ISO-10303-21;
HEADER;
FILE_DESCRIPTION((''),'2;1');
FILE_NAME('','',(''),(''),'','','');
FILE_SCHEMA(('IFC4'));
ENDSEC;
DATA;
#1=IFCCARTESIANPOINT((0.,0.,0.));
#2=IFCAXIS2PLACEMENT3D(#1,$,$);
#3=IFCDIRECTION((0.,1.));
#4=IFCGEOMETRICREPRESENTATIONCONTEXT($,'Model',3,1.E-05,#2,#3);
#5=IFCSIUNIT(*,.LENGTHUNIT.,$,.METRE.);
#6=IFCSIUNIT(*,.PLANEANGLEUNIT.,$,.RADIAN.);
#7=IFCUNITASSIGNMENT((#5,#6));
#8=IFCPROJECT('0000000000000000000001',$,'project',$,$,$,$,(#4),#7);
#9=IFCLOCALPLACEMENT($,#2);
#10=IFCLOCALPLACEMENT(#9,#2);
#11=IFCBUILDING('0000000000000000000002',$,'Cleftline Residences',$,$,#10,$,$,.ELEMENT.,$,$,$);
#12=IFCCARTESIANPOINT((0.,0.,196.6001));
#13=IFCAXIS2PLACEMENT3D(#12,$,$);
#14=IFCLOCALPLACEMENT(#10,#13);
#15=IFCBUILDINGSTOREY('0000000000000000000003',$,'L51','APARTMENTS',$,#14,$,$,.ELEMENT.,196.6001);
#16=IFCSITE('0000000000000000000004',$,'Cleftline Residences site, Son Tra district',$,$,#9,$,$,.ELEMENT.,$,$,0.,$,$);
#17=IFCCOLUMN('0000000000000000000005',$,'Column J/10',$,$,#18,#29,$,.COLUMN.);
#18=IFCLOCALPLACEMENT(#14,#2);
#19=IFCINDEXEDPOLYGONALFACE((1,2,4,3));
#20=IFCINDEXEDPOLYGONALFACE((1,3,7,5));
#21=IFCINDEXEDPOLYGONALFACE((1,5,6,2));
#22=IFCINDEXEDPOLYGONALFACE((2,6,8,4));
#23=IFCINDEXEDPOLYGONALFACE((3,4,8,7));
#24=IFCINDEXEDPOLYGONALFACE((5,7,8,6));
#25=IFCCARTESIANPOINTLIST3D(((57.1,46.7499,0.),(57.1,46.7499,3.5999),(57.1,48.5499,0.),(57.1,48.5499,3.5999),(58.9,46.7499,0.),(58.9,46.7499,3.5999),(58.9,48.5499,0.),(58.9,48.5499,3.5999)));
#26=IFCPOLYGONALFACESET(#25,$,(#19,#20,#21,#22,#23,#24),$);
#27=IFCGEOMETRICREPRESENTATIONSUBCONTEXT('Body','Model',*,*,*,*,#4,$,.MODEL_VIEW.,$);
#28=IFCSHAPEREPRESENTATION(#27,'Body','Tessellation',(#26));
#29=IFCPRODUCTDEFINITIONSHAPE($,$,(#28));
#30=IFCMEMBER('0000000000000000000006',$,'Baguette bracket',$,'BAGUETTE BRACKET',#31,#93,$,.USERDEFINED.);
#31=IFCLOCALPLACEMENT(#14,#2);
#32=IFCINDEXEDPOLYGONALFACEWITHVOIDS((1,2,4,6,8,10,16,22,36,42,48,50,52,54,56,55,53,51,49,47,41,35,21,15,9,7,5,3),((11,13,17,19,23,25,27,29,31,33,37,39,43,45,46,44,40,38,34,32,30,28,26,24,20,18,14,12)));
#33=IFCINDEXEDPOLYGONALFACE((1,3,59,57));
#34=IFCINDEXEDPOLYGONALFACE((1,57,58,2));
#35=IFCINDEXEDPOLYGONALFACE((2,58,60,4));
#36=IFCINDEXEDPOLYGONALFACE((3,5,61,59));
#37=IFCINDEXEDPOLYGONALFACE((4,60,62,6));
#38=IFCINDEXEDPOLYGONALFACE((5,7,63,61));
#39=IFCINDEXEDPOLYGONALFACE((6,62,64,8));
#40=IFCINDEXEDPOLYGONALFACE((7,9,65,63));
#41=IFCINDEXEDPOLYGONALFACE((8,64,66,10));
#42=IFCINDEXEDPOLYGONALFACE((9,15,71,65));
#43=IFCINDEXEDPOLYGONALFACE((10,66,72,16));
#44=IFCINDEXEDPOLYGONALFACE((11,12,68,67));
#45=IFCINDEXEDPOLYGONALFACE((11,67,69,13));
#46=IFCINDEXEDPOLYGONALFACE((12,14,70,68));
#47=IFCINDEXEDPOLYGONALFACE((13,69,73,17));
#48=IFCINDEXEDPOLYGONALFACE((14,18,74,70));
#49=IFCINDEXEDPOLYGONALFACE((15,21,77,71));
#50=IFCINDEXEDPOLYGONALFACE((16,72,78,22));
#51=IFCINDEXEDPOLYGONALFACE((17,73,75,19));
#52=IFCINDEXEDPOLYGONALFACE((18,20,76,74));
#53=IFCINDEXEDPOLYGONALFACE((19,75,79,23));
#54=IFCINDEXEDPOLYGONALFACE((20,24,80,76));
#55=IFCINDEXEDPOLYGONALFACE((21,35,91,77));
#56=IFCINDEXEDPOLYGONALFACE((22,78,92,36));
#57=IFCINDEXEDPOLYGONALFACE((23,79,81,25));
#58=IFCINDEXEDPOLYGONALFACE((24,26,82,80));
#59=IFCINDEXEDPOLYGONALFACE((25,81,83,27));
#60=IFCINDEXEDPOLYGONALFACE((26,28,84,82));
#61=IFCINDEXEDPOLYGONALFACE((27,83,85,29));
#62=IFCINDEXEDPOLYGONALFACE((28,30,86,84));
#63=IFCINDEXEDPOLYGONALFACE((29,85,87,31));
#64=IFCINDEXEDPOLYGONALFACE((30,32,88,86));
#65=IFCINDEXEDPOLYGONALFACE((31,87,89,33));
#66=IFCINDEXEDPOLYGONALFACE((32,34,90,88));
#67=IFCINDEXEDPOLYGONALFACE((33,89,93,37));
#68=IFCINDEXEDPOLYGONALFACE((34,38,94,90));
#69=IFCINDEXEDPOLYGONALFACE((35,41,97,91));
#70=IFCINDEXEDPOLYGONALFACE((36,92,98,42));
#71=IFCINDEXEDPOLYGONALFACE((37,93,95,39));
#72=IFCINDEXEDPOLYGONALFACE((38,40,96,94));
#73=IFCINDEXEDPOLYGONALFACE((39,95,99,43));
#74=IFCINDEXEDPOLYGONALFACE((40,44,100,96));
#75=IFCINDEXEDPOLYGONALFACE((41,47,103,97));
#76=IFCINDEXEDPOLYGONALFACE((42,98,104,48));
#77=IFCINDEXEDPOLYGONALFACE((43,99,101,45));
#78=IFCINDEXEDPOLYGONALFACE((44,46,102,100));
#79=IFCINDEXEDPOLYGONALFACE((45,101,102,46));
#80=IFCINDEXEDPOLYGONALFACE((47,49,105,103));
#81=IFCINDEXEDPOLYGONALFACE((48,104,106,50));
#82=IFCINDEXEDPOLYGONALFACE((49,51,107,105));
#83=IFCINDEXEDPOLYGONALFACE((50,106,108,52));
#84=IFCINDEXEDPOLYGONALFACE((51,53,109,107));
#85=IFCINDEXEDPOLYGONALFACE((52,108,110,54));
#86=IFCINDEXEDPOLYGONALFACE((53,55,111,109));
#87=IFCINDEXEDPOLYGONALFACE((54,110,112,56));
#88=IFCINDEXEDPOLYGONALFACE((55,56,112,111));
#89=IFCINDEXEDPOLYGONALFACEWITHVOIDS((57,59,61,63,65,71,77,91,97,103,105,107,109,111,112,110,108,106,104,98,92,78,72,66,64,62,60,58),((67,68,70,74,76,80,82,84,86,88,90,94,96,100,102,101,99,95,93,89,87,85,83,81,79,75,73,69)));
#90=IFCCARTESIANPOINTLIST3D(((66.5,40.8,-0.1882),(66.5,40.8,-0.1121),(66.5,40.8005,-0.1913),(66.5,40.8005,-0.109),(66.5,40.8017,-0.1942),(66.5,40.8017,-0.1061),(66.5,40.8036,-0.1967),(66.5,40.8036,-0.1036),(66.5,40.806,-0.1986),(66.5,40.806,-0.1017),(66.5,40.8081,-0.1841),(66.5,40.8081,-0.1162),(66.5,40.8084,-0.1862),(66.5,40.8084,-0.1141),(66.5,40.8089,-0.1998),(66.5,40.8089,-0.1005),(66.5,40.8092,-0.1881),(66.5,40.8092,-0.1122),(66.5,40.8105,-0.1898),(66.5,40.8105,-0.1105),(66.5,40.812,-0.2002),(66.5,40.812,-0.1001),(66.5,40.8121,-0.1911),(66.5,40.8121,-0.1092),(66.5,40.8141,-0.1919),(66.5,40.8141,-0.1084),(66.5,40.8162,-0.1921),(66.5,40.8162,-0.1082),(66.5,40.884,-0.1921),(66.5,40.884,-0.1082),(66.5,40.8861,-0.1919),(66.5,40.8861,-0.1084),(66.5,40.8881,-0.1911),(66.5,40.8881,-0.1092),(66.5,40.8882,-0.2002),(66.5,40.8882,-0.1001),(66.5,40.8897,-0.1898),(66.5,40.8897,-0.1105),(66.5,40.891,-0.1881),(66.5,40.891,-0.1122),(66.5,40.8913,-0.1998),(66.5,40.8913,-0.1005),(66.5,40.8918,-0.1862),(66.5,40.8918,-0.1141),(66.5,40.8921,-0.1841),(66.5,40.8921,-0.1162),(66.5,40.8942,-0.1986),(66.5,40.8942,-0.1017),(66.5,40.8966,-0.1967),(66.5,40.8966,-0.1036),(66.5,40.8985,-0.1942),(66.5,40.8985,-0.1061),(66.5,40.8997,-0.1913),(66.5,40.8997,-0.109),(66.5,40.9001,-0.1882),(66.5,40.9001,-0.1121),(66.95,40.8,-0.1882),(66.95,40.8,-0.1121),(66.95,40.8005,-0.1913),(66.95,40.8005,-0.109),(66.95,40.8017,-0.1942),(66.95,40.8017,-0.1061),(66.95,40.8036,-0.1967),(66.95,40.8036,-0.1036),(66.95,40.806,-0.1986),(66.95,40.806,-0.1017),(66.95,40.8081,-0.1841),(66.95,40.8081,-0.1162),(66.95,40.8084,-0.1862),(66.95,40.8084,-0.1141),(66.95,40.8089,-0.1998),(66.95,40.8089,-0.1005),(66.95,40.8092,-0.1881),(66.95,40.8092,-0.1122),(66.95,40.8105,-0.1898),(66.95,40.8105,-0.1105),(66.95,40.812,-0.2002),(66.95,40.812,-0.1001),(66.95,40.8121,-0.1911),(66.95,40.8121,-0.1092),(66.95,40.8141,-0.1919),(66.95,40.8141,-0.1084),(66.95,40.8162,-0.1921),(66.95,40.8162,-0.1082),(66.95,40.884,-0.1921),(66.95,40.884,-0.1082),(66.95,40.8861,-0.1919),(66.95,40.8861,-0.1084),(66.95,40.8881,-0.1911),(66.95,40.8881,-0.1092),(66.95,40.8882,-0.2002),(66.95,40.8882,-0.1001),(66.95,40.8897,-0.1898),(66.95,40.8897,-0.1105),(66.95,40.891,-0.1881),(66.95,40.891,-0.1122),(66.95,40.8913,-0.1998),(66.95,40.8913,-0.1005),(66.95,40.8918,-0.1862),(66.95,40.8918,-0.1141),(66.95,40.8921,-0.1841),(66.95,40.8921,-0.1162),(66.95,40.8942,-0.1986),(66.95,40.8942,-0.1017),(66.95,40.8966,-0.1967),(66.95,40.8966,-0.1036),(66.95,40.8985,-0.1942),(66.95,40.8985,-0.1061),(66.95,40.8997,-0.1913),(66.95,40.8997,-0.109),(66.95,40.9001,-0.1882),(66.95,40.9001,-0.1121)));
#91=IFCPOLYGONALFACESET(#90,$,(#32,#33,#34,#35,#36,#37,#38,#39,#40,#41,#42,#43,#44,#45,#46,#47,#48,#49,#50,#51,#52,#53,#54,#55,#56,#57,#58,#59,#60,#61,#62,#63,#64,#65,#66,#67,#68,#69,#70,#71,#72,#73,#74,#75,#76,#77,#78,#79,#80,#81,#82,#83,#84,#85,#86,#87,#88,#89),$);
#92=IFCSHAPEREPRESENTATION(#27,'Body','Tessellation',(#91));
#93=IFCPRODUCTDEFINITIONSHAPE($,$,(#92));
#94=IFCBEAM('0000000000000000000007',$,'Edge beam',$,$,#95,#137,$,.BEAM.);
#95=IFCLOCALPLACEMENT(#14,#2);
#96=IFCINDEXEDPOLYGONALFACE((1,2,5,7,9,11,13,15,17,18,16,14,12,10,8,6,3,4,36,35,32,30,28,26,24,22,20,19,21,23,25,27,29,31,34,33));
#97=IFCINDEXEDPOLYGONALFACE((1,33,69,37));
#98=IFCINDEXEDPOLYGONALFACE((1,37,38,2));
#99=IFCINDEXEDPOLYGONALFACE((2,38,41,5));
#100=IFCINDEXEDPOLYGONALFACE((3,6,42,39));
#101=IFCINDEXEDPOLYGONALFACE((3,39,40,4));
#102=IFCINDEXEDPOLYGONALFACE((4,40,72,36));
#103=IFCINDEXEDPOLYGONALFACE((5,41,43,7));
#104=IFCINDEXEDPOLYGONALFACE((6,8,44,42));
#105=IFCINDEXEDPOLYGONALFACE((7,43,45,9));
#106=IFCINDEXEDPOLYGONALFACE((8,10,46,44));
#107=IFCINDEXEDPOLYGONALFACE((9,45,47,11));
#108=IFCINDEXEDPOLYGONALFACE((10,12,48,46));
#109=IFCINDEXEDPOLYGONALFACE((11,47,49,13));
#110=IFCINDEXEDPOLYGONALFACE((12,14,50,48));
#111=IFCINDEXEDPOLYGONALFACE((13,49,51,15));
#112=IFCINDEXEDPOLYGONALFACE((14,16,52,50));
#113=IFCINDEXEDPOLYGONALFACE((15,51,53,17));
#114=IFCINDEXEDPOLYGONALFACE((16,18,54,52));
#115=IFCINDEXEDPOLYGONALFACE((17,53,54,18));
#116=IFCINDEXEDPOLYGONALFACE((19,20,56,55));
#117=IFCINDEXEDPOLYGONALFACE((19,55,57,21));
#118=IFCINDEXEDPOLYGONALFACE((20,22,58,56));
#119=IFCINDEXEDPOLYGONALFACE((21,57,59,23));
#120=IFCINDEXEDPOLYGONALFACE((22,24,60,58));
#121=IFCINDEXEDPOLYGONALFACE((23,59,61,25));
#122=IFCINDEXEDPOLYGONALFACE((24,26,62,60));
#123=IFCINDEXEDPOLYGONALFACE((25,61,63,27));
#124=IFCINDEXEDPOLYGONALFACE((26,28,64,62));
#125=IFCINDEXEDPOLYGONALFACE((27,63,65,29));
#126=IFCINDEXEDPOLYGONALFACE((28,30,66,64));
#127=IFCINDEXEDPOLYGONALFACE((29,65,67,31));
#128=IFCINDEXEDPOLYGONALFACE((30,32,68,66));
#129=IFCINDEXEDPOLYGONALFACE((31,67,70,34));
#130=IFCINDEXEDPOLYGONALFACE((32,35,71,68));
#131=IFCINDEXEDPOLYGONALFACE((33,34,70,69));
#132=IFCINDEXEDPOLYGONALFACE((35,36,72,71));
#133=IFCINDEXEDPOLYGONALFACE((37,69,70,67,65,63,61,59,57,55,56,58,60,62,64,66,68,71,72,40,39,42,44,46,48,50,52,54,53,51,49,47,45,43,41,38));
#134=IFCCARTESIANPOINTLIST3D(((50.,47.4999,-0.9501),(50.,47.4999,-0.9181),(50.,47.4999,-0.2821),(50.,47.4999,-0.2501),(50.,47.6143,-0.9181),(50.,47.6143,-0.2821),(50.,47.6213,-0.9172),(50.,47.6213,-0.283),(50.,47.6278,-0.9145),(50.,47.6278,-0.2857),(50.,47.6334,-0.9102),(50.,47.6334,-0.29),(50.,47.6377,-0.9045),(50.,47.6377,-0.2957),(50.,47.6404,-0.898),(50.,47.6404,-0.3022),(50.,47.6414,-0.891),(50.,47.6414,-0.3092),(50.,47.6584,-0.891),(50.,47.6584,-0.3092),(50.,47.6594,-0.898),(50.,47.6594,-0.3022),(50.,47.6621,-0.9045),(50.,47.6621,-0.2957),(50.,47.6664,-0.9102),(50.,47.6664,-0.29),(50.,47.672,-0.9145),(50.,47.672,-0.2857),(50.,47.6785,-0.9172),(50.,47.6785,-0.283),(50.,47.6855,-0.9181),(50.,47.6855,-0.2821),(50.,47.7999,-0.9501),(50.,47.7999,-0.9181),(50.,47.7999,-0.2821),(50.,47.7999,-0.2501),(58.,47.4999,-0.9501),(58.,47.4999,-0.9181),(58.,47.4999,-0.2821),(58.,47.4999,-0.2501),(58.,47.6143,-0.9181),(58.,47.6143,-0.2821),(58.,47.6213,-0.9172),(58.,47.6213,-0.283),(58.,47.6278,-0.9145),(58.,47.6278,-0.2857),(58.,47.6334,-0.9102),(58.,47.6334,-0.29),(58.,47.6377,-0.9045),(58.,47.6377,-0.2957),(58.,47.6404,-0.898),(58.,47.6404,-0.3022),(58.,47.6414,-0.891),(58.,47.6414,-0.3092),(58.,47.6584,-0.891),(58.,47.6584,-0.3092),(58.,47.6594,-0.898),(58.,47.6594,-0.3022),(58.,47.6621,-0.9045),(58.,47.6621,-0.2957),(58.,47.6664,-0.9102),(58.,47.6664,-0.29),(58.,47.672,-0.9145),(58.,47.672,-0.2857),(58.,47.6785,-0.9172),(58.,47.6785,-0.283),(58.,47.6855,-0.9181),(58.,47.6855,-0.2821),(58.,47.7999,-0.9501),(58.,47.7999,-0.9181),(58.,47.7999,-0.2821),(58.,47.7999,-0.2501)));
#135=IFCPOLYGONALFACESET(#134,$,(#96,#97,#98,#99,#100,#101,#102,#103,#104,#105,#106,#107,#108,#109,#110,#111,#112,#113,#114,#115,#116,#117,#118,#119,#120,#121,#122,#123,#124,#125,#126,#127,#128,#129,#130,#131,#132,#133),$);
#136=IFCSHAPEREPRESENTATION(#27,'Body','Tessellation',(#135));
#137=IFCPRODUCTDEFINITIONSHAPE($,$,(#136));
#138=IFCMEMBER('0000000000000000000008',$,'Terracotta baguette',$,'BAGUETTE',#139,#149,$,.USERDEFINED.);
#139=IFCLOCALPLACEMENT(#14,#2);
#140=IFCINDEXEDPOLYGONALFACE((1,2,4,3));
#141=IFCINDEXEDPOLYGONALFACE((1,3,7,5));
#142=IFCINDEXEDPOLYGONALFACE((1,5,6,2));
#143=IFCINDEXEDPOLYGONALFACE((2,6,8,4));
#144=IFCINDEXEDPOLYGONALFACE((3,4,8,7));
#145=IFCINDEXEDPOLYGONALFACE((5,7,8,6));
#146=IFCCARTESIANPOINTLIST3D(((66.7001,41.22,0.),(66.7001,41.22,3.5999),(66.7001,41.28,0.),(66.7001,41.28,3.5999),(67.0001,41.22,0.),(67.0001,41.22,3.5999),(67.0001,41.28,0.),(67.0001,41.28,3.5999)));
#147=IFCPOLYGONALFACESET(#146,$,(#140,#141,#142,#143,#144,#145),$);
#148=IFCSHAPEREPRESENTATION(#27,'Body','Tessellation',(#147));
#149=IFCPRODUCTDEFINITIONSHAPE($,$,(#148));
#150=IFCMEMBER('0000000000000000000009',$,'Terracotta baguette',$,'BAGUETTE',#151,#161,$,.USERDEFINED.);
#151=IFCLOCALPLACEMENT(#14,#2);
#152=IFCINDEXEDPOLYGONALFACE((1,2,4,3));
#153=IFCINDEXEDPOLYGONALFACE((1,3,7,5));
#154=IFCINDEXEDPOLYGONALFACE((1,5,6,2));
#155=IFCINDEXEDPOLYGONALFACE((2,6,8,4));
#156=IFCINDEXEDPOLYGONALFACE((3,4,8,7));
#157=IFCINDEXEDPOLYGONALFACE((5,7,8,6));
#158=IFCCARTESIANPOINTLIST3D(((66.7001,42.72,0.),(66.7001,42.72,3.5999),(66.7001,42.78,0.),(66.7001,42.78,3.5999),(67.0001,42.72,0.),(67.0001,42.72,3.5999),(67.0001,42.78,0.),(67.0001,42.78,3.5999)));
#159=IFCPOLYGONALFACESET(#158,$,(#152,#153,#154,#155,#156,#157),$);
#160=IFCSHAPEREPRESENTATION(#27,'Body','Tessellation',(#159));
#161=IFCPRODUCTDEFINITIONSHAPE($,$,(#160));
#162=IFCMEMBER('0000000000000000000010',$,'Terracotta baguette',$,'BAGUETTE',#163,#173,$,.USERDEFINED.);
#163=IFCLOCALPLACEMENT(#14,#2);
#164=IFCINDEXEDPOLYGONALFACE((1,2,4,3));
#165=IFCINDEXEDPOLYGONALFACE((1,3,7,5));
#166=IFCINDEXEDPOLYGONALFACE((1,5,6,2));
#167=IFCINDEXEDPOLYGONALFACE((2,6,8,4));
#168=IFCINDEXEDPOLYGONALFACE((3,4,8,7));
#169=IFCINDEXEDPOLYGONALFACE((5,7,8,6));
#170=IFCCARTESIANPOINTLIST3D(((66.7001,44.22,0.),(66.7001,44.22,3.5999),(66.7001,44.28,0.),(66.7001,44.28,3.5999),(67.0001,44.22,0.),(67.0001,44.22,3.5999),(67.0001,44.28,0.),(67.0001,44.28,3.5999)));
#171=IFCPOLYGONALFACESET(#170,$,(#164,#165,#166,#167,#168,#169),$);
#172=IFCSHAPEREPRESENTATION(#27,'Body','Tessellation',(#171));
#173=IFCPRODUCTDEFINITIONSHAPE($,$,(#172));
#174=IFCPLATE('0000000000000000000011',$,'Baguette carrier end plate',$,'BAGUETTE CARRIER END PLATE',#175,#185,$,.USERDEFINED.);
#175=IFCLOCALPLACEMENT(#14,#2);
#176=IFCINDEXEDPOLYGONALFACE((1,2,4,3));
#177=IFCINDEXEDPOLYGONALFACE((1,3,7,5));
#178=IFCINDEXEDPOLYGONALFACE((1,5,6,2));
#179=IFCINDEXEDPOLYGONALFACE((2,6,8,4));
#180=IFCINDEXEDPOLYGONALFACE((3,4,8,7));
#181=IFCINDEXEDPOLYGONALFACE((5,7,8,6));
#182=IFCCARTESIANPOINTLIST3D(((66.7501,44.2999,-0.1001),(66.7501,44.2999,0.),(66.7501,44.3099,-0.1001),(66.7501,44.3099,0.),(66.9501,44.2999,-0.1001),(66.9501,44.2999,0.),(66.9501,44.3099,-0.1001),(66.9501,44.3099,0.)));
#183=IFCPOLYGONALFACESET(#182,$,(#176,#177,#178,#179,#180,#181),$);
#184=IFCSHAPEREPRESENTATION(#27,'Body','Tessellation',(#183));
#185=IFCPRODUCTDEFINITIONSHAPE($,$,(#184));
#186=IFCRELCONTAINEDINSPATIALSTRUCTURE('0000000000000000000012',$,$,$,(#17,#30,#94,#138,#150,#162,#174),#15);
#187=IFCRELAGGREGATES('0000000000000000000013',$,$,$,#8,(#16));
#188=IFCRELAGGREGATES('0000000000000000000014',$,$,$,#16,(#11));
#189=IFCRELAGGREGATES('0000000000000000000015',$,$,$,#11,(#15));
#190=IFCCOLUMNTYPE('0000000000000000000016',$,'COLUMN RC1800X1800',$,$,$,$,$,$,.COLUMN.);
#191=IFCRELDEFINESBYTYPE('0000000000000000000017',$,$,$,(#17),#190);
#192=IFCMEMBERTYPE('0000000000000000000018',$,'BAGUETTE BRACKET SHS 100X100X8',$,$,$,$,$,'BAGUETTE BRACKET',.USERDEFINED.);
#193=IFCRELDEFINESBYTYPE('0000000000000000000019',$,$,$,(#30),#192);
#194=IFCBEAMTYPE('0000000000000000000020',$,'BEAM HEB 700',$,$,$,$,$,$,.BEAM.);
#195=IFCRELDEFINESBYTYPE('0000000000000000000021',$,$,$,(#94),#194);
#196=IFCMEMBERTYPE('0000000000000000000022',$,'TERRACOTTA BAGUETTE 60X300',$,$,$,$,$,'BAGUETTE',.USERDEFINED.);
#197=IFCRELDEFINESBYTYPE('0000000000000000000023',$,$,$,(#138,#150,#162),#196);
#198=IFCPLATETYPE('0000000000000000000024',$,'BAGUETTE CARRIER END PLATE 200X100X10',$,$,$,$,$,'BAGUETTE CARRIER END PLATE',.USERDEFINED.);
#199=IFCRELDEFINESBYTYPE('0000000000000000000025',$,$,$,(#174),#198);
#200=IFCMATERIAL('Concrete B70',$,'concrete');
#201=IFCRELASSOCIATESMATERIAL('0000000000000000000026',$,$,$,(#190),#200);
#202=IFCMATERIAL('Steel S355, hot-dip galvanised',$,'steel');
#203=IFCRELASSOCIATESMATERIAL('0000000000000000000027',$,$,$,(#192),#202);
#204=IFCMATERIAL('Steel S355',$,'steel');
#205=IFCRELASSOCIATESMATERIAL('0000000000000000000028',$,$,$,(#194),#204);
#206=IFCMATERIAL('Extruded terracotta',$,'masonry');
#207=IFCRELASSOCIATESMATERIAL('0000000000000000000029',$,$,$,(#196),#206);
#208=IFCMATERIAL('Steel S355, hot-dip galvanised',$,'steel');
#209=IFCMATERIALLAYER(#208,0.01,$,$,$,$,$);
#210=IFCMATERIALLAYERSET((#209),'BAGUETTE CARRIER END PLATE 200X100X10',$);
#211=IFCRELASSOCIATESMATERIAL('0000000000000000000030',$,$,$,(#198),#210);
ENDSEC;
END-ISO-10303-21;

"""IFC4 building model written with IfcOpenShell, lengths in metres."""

from ifc_helpers import new_model, si_unit, direction, frame, origin, origin_2d, place, context, subcontext, project, spatial, rectangle, hollow_rectangle, i_section, extrude, material, layer, layer_set, material_profile, profile_set, type_object, element, save


model = new_model("IFC4")

# Units and contexts
model_context = context("Model", 3, precision=1e-05, world=origin(), true_north=direction((0.0, 1.0)))
body_context = subcontext(model_context, "Body", "Model", "MODEL_VIEW")
ifc_project = project(units=[si_unit("LENGTHUNIT", "METRE"), si_unit("PLANEANGLEUNIT", "RADIAN")], contexts=[model_context])

# Site, building, storey
site_placement = place(None, origin())
site = spatial("IfcSite", under=ifc_project, at=site_placement, Name="Cleftline Residences site, Son Tra district", CompositionType="ELEMENT", RefElevation=0.0)
building_placement = place(site_placement, origin())
building = spatial("IfcBuilding", under=site, at=building_placement, Name="Cleftline Residences", CompositionType="ELEMENT")
storey_placement = place(building_placement, frame((0.0, 0.0, 196.6001)))
storey = spatial("IfcBuildingStorey", under=building, at=storey_placement, Name="L51", Description="APARTMENTS", CompositionType="ELEMENT", Elevation=196.6001)

# Column
ifc_material_1 = material(Name="Concrete B70", Category="concrete")
ifc_material_profile_1 = material_profile(ifc_material_1, rectangle(XDim=1.8, YDim=1.8, at=origin_2d()))
ifc_profile_set_1 = profile_set([ifc_material_profile_1], Name="Concrete B70")
column_type = type_object("IfcColumnType", Name="COLUMN RC1800X1800", PredefinedType="COLUMN", material=ifc_profile_set_1)
column_placement = place(storey_placement, frame((58.0, 47.6499, 0.0), z_axis=(0.0, 0.0, 1.0), x_axis=(1.0, 0.0, 0.0)))
element("IfcColumn", 1, at=column_placement, inside=storey, type_object=column_type, Name="Column J/10", PredefinedType="COLUMN", context=body_context, shape_type="SweptSolid", body=[
    extrude(rectangle(XDim=1.8, YDim=1.8, at=origin_2d()), origin(), (0.0, 0.0, 1.0), 3.5999),
])

# Member
ifc_material_2 = material(Name="Steel S355, hot-dip galvanised", Category="steel")
ifc_material_profile_2 = material_profile(ifc_material_2, hollow_rectangle(XDim=0.1001, YDim=0.1001, WallThickness=0.0081, InnerFilletRadius=0.0081, OuterFilletRadius=0.012, at=origin_2d()))
ifc_profile_set_2 = profile_set([ifc_material_profile_2], Name="Steel S355, hot-dip galvanised")
member_type_1 = type_object("IfcMemberType", Name="BAGUETTE BRACKET SHS 100X100X8", ElementType="BAGUETTE BRACKET", PredefinedType="USERDEFINED", material=ifc_profile_set_2)
member_placement = place(storey_placement, frame((66.5, 40.8501, -0.1501), z_axis=(1.0, 0.0, 0.0), x_axis=(0.0, 1.0, 0.0)))
element("IfcMember", 2, at=member_placement, inside=storey, type_object=member_type_1, Name="Baguette bracket", ObjectType="BAGUETTE BRACKET", PredefinedType="USERDEFINED", context=body_context, shape_type="SweptSolid", body=[
    extrude(hollow_rectangle(XDim=0.1001, YDim=0.1001, WallThickness=0.0081, InnerFilletRadius=0.0081, OuterFilletRadius=0.012, at=origin_2d()), origin(), (0.0, 0.0, 1.0), 0.45),
])

# Beam
ifc_material_3 = material(Name="Steel S355", Category="steel")
ifc_material_profile_3 = material_profile(ifc_material_3, i_section(OverallWidth=0.3, OverallDepth=0.7, WebThickness=0.0171, FlangeThickness=0.032, FilletRadius=0.0271, at=origin_2d()))
ifc_profile_set_3 = profile_set([ifc_material_profile_3], Name="Steel S355")
beam_type = type_object("IfcBeamType", Name="BEAM HEB 700", PredefinedType="BEAM", material=ifc_profile_set_3)
beam_placement = place(storey_placement, frame((58.0, 47.6499, -0.6001), z_axis=(-1.0, 0.0, 0.0), x_axis=(0.0, -1.0, 0.0)))
element("IfcBeam", 3, at=beam_placement, inside=storey, type_object=beam_type, Name="Edge beam", PredefinedType="BEAM", context=body_context, shape_type="SweptSolid", body=[
    extrude(i_section(OverallWidth=0.3, OverallDepth=0.7, WebThickness=0.0171, FlangeThickness=0.032, FilletRadius=0.0271, at=origin_2d()), origin(), (0.0, 0.0, 1.0), 8.0),
])

# Members
ifc_material_4 = material(Name="Extruded terracotta", Category="masonry")
ifc_material_profile_4 = material_profile(ifc_material_4, rectangle(XDim=0.0601, YDim=0.3, at=origin_2d()))
ifc_profile_set_4 = profile_set([ifc_material_profile_4], Name="Extruded terracotta")
member_type_2 = type_object("IfcMemberType", Name="TERRACOTTA BAGUETTE 60X300", ElementType="BAGUETTE", PredefinedType="USERDEFINED", material=ifc_profile_set_4)
for number, where, z_axis, x_axis, name in (
    (4, (66.8501, 41.25, 0.0), (0.0, 0.0, 1.0), (0.0, 1.0, 0.0), "Terracotta baguette"),
    (5, (66.8501, 42.75, 0.0), (0.0, 0.0, 1.0), (0.0, 1.0, 0.0), "Terracotta baguette"),
    (6, (66.8501, 44.25, 0.0), (0.0, 0.0, 1.0), (0.0, 1.0, 0.0), "Terracotta baguette"),
):
    element("IfcMember", number, at=place(storey_placement, frame(where, z_axis=z_axis, x_axis=x_axis)), inside=storey, type_object=member_type_2, Name=name, ObjectType="BAGUETTE", PredefinedType="USERDEFINED", context=body_context, shape_type="SweptSolid", body=[
        extrude(rectangle(XDim=0.0601, YDim=0.3, at=origin_2d()), origin(), (0.0, 0.0, 1.0), 3.5999),
    ])

# Plate
ifc_material_5 = material(Name="Steel S355, hot-dip galvanised", Category="steel")
ifc_layer_1 = layer(ifc_material_5, 0.01)
ifc_layer_set_1 = layer_set([ifc_layer_1], Name="BAGUETTE CARRIER END PLATE 200X100X10")
plate_type = type_object("IfcPlateType", Name="BAGUETTE CARRIER END PLATE 200X100X10", ElementType="BAGUETTE CARRIER END PLATE", PredefinedType="USERDEFINED", material=ifc_layer_set_1)
plate_placement = place(storey_placement, frame((66.8501, 44.3049, -0.1001), z_axis=(0.0, 0.0, 1.0), x_axis=(1.0, 0.0, 0.0)))
element("IfcPlate", 7, at=plate_placement, inside=storey, type_object=plate_type, Name="Baguette carrier end plate", ObjectType="BAGUETTE CARRIER END PLATE", PredefinedType="USERDEFINED", context=body_context, shape_type="SweptSolid", body=[
    extrude(rectangle(XDim=0.2, YDim=0.01, at=origin_2d()), origin(), (0.0, 0.0, 1.0), 0.1001),
])

save(model, "model.ifc")
